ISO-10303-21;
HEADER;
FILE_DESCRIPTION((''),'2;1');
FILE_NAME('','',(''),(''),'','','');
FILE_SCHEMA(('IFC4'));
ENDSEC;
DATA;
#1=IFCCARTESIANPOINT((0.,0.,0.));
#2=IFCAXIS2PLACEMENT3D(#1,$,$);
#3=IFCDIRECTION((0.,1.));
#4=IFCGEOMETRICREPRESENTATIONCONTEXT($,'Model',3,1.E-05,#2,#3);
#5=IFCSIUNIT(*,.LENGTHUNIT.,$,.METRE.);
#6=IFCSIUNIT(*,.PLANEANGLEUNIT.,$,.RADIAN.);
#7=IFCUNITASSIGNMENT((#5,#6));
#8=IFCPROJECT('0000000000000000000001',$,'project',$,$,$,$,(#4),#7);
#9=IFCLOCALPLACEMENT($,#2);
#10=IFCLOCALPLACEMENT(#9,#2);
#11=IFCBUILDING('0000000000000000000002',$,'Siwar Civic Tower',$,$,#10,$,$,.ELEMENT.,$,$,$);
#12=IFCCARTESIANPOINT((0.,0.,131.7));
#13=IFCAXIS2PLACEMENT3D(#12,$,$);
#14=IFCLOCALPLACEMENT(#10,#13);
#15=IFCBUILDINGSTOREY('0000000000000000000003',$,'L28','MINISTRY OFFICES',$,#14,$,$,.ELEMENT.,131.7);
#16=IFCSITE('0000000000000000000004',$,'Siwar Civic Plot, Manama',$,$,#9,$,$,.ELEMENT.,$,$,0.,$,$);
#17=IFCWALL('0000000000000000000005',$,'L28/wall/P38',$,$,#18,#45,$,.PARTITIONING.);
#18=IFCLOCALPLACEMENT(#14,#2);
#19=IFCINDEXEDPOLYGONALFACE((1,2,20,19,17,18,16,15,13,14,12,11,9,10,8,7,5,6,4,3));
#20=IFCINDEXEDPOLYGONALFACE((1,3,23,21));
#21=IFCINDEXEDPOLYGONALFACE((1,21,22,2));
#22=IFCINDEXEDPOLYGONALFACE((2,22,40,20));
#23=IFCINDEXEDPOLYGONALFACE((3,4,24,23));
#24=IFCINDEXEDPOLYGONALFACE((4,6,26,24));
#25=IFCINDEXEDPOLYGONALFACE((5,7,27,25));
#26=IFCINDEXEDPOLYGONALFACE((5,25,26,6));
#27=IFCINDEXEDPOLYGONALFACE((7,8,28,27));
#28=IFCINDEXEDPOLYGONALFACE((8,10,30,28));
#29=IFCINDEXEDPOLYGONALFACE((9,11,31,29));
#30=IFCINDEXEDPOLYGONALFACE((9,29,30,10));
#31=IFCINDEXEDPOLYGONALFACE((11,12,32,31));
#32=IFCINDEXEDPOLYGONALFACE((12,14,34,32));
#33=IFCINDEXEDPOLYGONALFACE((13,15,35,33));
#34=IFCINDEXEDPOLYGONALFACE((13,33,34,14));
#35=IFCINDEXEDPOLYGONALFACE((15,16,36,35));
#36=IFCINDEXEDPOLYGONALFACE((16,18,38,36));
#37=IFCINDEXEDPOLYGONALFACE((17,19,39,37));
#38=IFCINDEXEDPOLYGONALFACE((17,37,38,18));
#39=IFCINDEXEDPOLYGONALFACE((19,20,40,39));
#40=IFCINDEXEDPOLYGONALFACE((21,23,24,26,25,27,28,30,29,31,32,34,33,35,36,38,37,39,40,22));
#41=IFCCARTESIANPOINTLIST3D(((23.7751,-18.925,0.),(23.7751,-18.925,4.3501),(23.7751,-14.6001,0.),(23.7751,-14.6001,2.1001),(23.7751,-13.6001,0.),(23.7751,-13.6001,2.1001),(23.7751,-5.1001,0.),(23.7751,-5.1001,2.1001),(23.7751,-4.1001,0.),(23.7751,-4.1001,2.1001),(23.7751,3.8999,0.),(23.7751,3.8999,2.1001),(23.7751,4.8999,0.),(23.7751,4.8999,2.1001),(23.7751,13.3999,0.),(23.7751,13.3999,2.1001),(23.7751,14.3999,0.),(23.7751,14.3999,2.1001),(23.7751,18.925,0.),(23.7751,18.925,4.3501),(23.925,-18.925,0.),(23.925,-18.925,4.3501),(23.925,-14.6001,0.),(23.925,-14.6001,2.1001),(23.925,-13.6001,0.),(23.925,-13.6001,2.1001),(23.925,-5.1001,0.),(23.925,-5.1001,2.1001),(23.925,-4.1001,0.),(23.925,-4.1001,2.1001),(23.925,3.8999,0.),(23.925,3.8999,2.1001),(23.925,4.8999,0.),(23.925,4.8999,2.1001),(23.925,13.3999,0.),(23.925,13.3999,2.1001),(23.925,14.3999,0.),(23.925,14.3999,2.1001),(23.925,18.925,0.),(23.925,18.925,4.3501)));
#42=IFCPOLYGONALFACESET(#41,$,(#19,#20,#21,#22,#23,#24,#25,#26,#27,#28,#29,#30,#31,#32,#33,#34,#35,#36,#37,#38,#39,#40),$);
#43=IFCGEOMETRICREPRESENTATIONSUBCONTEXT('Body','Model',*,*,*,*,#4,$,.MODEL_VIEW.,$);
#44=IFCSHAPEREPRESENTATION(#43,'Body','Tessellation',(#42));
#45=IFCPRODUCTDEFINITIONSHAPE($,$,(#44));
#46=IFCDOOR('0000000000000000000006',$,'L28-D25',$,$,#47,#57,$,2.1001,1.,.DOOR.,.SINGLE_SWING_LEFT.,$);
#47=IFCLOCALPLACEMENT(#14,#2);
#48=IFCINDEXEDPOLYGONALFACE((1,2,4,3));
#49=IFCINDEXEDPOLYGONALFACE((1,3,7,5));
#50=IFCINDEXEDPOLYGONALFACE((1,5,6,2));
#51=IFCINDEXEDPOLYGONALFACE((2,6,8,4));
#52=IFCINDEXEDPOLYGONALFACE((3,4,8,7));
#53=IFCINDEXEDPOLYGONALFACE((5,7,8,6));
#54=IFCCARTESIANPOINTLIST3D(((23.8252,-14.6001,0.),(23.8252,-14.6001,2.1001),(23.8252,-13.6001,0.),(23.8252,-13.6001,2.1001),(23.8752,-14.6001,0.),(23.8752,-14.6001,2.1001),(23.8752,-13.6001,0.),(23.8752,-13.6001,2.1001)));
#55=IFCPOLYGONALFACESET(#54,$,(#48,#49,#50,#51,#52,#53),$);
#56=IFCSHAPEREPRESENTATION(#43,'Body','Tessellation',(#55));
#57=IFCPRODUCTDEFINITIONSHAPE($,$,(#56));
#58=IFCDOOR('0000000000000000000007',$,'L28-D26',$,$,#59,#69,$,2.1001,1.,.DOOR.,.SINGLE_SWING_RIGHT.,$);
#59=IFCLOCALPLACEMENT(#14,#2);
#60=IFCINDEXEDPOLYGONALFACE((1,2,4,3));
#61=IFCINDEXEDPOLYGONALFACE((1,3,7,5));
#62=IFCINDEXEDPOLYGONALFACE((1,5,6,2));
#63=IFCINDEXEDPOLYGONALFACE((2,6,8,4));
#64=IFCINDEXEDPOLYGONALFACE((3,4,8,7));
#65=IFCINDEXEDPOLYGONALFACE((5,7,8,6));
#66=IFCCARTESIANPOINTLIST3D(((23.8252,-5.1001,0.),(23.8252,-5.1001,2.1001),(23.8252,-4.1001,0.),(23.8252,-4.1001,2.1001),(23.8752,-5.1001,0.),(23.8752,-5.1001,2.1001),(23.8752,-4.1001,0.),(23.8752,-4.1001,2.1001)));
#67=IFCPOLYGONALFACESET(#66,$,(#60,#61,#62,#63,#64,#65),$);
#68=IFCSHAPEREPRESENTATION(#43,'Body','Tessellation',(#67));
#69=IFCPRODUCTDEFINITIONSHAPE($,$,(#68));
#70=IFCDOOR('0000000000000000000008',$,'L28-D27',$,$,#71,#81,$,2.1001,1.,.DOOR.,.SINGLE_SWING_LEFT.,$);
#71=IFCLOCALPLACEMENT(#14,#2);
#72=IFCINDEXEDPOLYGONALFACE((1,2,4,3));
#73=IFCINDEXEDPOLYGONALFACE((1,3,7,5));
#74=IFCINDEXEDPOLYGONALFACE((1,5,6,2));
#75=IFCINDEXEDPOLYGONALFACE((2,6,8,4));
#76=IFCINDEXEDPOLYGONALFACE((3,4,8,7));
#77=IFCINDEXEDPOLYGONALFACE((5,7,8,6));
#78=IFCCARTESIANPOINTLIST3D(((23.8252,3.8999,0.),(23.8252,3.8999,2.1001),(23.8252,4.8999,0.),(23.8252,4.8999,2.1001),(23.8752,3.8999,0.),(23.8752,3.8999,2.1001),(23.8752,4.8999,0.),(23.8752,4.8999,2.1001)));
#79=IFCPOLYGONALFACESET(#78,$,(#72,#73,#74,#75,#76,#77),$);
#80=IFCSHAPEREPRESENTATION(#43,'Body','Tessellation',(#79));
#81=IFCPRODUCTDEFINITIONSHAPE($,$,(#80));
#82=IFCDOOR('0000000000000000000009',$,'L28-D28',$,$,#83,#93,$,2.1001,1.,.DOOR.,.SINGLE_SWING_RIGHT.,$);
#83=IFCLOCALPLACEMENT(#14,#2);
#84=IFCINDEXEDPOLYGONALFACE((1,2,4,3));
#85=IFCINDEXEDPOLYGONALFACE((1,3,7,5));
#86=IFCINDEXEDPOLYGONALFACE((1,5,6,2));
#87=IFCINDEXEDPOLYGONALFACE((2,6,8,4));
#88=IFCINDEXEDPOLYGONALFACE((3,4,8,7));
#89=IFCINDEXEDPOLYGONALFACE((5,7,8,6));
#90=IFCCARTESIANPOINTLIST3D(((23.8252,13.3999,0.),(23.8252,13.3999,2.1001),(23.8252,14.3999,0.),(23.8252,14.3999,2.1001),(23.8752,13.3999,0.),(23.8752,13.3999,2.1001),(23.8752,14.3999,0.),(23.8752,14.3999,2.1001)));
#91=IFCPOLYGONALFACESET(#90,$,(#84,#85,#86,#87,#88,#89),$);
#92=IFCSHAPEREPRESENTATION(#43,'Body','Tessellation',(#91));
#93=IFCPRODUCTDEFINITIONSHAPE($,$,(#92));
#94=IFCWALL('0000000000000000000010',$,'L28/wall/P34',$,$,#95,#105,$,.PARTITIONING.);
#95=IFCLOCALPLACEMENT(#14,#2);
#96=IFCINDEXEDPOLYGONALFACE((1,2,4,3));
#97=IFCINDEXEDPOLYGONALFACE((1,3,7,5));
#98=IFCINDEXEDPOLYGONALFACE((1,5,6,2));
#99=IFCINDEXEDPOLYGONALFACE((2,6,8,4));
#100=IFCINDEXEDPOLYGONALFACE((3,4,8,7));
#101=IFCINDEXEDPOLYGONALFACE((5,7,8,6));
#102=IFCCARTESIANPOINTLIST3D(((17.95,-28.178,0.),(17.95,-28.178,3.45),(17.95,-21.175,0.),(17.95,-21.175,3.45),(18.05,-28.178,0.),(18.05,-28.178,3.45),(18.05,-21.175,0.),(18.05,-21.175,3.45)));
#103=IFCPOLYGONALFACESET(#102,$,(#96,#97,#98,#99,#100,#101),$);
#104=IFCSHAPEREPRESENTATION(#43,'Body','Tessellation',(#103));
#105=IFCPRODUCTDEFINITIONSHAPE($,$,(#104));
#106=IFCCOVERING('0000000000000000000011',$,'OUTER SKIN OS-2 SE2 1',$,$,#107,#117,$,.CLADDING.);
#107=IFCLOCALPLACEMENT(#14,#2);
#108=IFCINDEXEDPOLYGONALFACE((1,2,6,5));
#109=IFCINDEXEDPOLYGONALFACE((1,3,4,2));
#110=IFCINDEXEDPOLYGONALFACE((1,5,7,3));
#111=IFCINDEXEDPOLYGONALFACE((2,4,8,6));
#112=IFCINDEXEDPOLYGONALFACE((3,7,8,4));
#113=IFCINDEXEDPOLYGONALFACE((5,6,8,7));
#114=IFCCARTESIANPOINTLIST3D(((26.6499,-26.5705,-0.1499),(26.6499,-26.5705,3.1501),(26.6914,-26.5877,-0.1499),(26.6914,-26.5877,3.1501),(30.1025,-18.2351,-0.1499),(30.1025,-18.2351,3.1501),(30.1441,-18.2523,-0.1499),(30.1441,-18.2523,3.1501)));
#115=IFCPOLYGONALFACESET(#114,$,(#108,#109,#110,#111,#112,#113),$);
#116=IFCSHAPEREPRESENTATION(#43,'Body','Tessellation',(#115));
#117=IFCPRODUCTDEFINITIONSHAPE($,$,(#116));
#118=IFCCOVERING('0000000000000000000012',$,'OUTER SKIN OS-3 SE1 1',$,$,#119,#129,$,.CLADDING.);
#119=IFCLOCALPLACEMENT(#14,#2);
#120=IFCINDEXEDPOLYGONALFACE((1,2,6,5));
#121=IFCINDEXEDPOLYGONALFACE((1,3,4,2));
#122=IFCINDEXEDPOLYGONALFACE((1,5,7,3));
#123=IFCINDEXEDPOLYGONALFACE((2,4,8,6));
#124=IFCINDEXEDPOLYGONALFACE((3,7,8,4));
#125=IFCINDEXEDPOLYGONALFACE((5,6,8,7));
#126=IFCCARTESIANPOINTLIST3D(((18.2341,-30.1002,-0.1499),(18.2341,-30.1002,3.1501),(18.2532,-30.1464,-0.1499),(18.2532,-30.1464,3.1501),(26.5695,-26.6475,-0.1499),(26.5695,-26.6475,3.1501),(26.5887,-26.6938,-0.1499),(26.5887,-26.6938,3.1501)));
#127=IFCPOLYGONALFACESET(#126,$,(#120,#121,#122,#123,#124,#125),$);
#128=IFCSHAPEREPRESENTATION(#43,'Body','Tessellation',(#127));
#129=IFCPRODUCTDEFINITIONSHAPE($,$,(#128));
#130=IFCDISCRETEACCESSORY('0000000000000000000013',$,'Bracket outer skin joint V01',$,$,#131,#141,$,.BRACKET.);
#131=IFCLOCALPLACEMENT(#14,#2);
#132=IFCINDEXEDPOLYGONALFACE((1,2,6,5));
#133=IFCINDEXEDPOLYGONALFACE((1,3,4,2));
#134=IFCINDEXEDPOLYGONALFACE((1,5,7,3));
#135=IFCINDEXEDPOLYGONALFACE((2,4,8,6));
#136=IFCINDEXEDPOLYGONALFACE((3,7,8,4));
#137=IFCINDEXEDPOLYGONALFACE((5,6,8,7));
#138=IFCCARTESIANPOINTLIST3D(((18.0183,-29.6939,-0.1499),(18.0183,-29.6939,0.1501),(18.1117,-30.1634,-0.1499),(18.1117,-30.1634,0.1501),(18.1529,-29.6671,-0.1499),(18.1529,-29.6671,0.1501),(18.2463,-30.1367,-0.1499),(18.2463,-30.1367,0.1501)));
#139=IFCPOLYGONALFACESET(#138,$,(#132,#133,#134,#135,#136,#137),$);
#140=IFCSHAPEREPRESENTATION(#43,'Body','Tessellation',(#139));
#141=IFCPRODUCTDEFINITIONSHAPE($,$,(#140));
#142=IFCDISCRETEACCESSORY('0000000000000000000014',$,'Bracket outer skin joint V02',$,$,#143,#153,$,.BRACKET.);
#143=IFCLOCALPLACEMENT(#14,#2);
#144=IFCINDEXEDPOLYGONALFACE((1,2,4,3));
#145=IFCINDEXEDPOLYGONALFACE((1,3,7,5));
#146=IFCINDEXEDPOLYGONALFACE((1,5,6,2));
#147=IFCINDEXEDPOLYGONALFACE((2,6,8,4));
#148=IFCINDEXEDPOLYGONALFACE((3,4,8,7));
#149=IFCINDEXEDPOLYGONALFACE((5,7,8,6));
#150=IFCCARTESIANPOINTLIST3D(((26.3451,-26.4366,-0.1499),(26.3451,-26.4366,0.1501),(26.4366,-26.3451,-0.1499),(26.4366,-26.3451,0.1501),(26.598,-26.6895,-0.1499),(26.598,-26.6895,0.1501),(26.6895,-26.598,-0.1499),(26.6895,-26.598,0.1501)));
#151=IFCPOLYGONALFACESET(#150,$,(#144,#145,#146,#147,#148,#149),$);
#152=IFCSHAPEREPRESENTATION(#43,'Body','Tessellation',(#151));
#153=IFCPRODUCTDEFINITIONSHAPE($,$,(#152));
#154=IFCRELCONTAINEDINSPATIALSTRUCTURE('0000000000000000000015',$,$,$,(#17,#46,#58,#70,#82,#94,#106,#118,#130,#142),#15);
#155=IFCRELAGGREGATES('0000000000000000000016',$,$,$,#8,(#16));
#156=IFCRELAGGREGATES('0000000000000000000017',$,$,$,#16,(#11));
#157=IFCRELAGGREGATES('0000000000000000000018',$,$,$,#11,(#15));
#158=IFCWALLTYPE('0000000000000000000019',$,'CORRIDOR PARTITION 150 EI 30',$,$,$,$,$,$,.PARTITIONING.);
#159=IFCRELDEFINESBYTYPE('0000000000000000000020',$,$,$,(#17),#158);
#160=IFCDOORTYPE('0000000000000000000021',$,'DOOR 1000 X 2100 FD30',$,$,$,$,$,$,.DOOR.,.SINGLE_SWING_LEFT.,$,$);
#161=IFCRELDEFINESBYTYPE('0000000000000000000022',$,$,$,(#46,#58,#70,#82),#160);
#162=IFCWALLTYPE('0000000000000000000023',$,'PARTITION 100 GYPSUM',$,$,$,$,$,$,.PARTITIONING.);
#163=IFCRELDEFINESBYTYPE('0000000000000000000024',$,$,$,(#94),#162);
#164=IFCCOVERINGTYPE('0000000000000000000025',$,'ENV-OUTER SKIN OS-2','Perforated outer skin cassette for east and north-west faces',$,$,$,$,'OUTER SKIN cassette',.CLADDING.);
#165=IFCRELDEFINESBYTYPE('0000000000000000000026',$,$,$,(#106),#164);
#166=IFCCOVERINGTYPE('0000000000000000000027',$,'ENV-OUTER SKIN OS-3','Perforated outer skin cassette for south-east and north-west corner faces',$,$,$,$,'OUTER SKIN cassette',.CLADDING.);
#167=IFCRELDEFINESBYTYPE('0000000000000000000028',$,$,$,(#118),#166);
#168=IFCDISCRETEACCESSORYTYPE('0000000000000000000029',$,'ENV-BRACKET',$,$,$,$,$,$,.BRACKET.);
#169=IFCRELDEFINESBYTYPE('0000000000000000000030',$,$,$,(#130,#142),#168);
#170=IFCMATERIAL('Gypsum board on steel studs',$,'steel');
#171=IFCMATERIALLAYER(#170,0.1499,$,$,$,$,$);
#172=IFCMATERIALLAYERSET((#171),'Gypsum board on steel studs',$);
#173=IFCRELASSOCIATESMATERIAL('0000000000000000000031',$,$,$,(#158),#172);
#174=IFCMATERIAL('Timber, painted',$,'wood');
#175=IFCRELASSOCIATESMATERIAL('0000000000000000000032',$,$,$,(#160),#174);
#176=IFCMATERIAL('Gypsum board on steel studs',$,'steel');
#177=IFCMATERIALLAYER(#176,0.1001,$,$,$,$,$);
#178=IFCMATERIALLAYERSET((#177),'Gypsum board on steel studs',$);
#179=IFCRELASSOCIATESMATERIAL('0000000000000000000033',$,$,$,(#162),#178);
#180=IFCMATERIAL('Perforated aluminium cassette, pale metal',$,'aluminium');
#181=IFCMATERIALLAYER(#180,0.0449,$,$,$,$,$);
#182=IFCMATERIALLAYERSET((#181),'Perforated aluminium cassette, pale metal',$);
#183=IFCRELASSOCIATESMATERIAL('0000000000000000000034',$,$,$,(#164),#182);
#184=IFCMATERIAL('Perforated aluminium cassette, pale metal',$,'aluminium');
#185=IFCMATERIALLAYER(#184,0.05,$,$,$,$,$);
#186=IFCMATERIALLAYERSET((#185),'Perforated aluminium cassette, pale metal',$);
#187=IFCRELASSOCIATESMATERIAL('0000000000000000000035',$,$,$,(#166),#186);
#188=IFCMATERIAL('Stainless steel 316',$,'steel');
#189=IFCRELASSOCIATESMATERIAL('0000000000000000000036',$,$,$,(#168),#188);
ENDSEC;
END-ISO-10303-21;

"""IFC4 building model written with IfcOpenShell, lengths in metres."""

from ifc_helpers import new_model, si_unit, direction, frame, frame_2d, origin, origin_2d, place, context, subcontext, project, spatial, rectangle, extrude, material, layer, layer_set, type_object, element, fill, save


model = new_model("IFC4")

# Units and contexts
model_context = context("Model", 3, precision=1e-05, world=origin(), true_north=direction((0.0, 1.0)))
body_context = subcontext(model_context, "Body", "Model", "MODEL_VIEW")
ifc_project = project(units=[si_unit("LENGTHUNIT", "METRE"), si_unit("PLANEANGLEUNIT", "RADIAN")], contexts=[model_context])

# Site, building, storey
site_placement = place(None, origin())
site = spatial("IfcSite", under=ifc_project, at=site_placement, Name="Siwar Civic Plot, Manama", CompositionType="ELEMENT", RefElevation=0.0)
building_placement = place(site_placement, origin())
building = spatial("IfcBuilding", under=site, at=building_placement, Name="Siwar Civic Tower", CompositionType="ELEMENT")
storey_placement = place(building_placement, frame((0.0, 0.0, 131.7)))
storey = spatial("IfcBuildingStorey", under=building, at=storey_placement, Name="L28", Description="MINISTRY OFFICES", CompositionType="ELEMENT", Elevation=131.7)

# Shared definitions
ifc_material_1 = material(Name="Gypsum board on steel studs", Category="steel")
ifc_layer_1 = layer(ifc_material_1, 0.1499)
ifc_layer_set_1 = layer_set([ifc_layer_1], Name="Gypsum board on steel studs")
wall_type_1 = type_object("IfcWallType", Name="CORRIDOR PARTITION 150 EI 30", PredefinedType="PARTITIONING", material=ifc_layer_set_1)

# Wall, openings, doors
wall_1_placement = place(storey_placement, frame((23.8501, -18.925, 0.0), z_axis=(0.0, 0.0, 1.0), x_axis=(0.0, 1.0, 0.0)))
wall_1 = element("IfcWall", 1, at=wall_1_placement, inside=storey, type_object=wall_type_1, Name="L28/wall/P38", PredefinedType="PARTITIONING", context=body_context, shape_type="SweptSolid", body=[
    extrude(rectangle(XDim=37.8501, YDim=0.1499, at=frame_2d((18.925, 0.0))), origin(), (0.0, 0.0, 1.0), 4.3501),
])
opening_1_placement = place(wall_1_placement, frame((4.325, 0.0, 0.0)))
opening_1 = element("IfcOpeningElement", 2, at=opening_1_placement, cuts=wall_1, PredefinedType="OPENING", context=body_context, shape_type="SweptSolid", body=[
    extrude(rectangle(XDim=1.0, YDim=2.1001, at=frame_2d((0.5, 1.05))), frame((0.0, 0.085, 0.0), z_axis=(0.0, -1.0, 0.0), x_axis=(1.0, 0.0, 0.0)), (0.0, 0.0, 1.0), 0.1699),
])
opening_2_placement = place(wall_1_placement, frame((13.825, 0.0, 0.0)))
opening_2 = element("IfcOpeningElement", 3, at=opening_2_placement, cuts=wall_1, PredefinedType="OPENING", context=body_context, shape_type="SweptSolid", body=[
    extrude(rectangle(XDim=1.0, YDim=2.1001, at=frame_2d((0.5, 1.05))), frame((0.0, 0.085, 0.0), z_axis=(0.0, -1.0, 0.0), x_axis=(1.0, 0.0, 0.0)), (0.0, 0.0, 1.0), 0.1699),
])
opening_3_placement = place(wall_1_placement, frame((22.825, 0.0, 0.0)))
opening_3 = element("IfcOpeningElement", 4, at=opening_3_placement, cuts=wall_1, PredefinedType="OPENING", context=body_context, shape_type="SweptSolid", body=[
    extrude(rectangle(XDim=1.0, YDim=2.1001, at=frame_2d((0.5, 1.05))), frame((0.0, 0.085, 0.0), z_axis=(0.0, -1.0, 0.0), x_axis=(1.0, 0.0, 0.0)), (0.0, 0.0, 1.0), 0.1699),
])
opening_4_placement = place(wall_1_placement, frame((32.325, 0.0, 0.0)))
opening_4 = element("IfcOpeningElement", 5, at=opening_4_placement, cuts=wall_1, PredefinedType="OPENING", context=body_context, shape_type="SweptSolid", body=[
    extrude(rectangle(XDim=1.0, YDim=2.1001, at=frame_2d((0.5, 1.05))), frame((0.0, 0.085, 0.0), z_axis=(0.0, -1.0, 0.0), x_axis=(1.0, 0.0, 0.0)), (0.0, 0.0, 1.0), 0.1699),
])
ifc_material_2 = material(Name="Timber, painted", Category="wood")
door_type = type_object("IfcDoorType", Name="DOOR 1000 X 2100 FD30", OperationType="SINGLE_SWING_LEFT", PredefinedType="DOOR", material=ifc_material_2)
door_1_placement = place(opening_1_placement, origin())
door_1 = element("IfcDoor", 6, at=door_1_placement, inside=storey, type_object=door_type, Name="L28-D25", OperationType="SINGLE_SWING_LEFT", OverallHeight=2.1001, OverallWidth=1.0, PredefinedType="DOOR", context=body_context, shape_type="SweptSolid", body=[
    extrude(rectangle(XDim=1.0, YDim=2.1001, at=frame_2d((0.5, 1.05))), frame((0.0, 0.0249, 0.0), z_axis=(0.0, -1.0, 0.0), x_axis=(1.0, 0.0, 0.0)), (0.0, 0.0, 1.0), 0.05),
])
fill(opening_1, door_1)
door_2_placement = place(opening_2_placement, origin())
door_2 = element("IfcDoor", 7, at=door_2_placement, inside=storey, type_object=door_type, Name="L28-D26", OperationType="SINGLE_SWING_RIGHT", OverallHeight=2.1001, OverallWidth=1.0, PredefinedType="DOOR", context=body_context, shape_type="SweptSolid", body=[
    extrude(rectangle(XDim=1.0, YDim=2.1001, at=frame_2d((0.5, 1.05))), frame((0.0, 0.0249, 0.0), z_axis=(0.0, -1.0, 0.0), x_axis=(1.0, 0.0, 0.0)), (0.0, 0.0, 1.0), 0.05),
])
fill(opening_2, door_2)
door_3_placement = place(opening_3_placement, origin())
door_3 = element("IfcDoor", 8, at=door_3_placement, inside=storey, type_object=door_type, Name="L28-D27", OperationType="SINGLE_SWING_LEFT", OverallHeight=2.1001, OverallWidth=1.0, PredefinedType="DOOR", context=body_context, shape_type="SweptSolid", body=[
    extrude(rectangle(XDim=1.0, YDim=2.1001, at=frame_2d((0.5, 1.05))), frame((0.0, 0.0249, 0.0), z_axis=(0.0, -1.0, 0.0), x_axis=(1.0, 0.0, 0.0)), (0.0, 0.0, 1.0), 0.05),
])
fill(opening_3, door_3)
door_4_placement = place(opening_4_placement, origin())
door_4 = element("IfcDoor", 9, at=door_4_placement, inside=storey, type_object=door_type, Name="L28-D28", OperationType="SINGLE_SWING_RIGHT", OverallHeight=2.1001, OverallWidth=1.0, PredefinedType="DOOR", context=body_context, shape_type="SweptSolid", body=[
    extrude(rectangle(XDim=1.0, YDim=2.1001, at=frame_2d((0.5, 1.05))), frame((0.0, 0.0249, 0.0), z_axis=(0.0, -1.0, 0.0), x_axis=(1.0, 0.0, 0.0)), (0.0, 0.0, 1.0), 0.05),
])
fill(opening_4, door_4)

# Wall
ifc_material_3 = material(Name="Gypsum board on steel studs", Category="steel")
ifc_layer_2 = layer(ifc_material_3, 0.1001)
ifc_layer_set_2 = layer_set([ifc_layer_2], Name="Gypsum board on steel studs")
wall_type_2 = type_object("IfcWallType", Name="PARTITION 100 GYPSUM", PredefinedType="PARTITIONING", material=ifc_layer_set_2)
wall_2_placement = place(storey_placement, frame((18.0, -28.178, 0.0), z_axis=(0.0, 0.0, 1.0), x_axis=(0.0, 1.0, 0.0)))
element("IfcWall", 10, at=wall_2_placement, inside=storey, type_object=wall_type_2, Name="L28/wall/P34", PredefinedType="PARTITIONING", context=body_context, shape_type="SweptSolid", body=[
    extrude(rectangle(XDim=7.0029, YDim=0.1001, at=frame_2d((3.5015, 0.0))), origin(), (0.0, 0.0, 1.0), 3.45),
])

# Coverings
ifc_material_4 = material(Name="Perforated aluminium cassette, pale metal", Category="aluminium")
ifc_layer_3 = layer(ifc_material_4, 0.0449)
ifc_layer_set_3 = layer_set([ifc_layer_3], Name="Perforated aluminium cassette, pale metal")
covering_type_1 = type_object("IfcCoveringType", Name="ENV-OUTER SKIN OS-2", Description="Perforated outer skin cassette for east and north-west faces", ElementType="OUTER SKIN cassette", PredefinedType="CLADDING", material=ifc_layer_set_3)
covering_1_placement = place(storey_placement, frame((28.397, -22.4114, -0.1499), z_axis=(0.0, 0.0, 1.0), x_axis=(0.382683, 0.92388, 0.0)))
element("IfcCovering", 11, at=covering_1_placement, inside=storey, type_object=covering_type_1, Name="OUTER SKIN OS-2 SE2 1", PredefinedType="CLADDING", context=body_context, shape_type="SweptSolid", body=[
    extrude(rectangle(XDim=9.0222, YDim=0.0449, at=origin_2d()), origin(), (0.0, 0.0, 1.0), 3.3),
])
ifc_material_5 = material(Name="Perforated aluminium cassette, pale metal", Category="aluminium")
ifc_layer_4 = layer(ifc_material_5, 0.05)
ifc_layer_set_4 = layer_set([ifc_layer_4], Name="Perforated aluminium cassette, pale metal")
covering_type_2 = type_object("IfcCoveringType", Name="ENV-OUTER SKIN OS-3", Description="Perforated outer skin cassette for south-east and north-west corner faces", ElementType="OUTER SKIN cassette", PredefinedType="CLADDING", material=ifc_layer_set_4)
covering_2_placement = place(storey_placement, frame((22.4114, -28.397, -0.1499), z_axis=(0.0, 0.0, 1.0), x_axis=(0.92388, 0.382683, 0.0)))
element("IfcCovering", 12, at=covering_2_placement, inside=storey, type_object=covering_type_2, Name="OUTER SKIN OS-3 SE1 1", PredefinedType="CLADDING", context=body_context, shape_type="SweptSolid", body=[
    extrude(rectangle(XDim=9.0222, YDim=0.05, at=origin_2d()), origin(), (0.0, 0.0, 1.0), 3.3),
])

# Discrete accessories
ifc_material_6 = material(Name="Stainless steel 316", Category="steel")
discrete_accessory_type = type_object("IfcDiscreteAccessoryType", Name="ENV-BRACKET", PredefinedType="BRACKET", material=ifc_material_6)
discrete_accessory_1_placement = place(storey_placement, frame((18.1323, -29.9153, -0.1499), z_axis=(0.0, 0.0, 1.0), x_axis=(0.19509, -0.980785, 0.0)))
element("IfcDiscreteAccessory", 13, at=discrete_accessory_1_placement, inside=storey, type_object=discrete_accessory_type, Name="Bracket outer skin joint V01", PredefinedType="BRACKET", context=body_context, shape_type="SweptSolid", body=[
    extrude(rectangle(XDim=0.4788, YDim=0.1372, at=origin_2d()), origin(), (0.0, 0.0, 1.0), 0.3),
])
discrete_accessory_2_placement = place(storey_placement, frame((26.5173, -26.5173, -0.1499), z_axis=(0.0, 0.0, 1.0), x_axis=(0.707107, -0.707107, 0.0)))
element("IfcDiscreteAccessory", 14, at=discrete_accessory_2_placement, inside=storey, type_object=discrete_accessory_type, Name="Bracket outer skin joint V02", PredefinedType="BRACKET", context=body_context, shape_type="SweptSolid", body=[
    extrude(rectangle(XDim=0.3577, YDim=0.1294, at=origin_2d()), origin(), (0.0, 0.0, 1.0), 0.3),
])

save(model, "model.ifc")
